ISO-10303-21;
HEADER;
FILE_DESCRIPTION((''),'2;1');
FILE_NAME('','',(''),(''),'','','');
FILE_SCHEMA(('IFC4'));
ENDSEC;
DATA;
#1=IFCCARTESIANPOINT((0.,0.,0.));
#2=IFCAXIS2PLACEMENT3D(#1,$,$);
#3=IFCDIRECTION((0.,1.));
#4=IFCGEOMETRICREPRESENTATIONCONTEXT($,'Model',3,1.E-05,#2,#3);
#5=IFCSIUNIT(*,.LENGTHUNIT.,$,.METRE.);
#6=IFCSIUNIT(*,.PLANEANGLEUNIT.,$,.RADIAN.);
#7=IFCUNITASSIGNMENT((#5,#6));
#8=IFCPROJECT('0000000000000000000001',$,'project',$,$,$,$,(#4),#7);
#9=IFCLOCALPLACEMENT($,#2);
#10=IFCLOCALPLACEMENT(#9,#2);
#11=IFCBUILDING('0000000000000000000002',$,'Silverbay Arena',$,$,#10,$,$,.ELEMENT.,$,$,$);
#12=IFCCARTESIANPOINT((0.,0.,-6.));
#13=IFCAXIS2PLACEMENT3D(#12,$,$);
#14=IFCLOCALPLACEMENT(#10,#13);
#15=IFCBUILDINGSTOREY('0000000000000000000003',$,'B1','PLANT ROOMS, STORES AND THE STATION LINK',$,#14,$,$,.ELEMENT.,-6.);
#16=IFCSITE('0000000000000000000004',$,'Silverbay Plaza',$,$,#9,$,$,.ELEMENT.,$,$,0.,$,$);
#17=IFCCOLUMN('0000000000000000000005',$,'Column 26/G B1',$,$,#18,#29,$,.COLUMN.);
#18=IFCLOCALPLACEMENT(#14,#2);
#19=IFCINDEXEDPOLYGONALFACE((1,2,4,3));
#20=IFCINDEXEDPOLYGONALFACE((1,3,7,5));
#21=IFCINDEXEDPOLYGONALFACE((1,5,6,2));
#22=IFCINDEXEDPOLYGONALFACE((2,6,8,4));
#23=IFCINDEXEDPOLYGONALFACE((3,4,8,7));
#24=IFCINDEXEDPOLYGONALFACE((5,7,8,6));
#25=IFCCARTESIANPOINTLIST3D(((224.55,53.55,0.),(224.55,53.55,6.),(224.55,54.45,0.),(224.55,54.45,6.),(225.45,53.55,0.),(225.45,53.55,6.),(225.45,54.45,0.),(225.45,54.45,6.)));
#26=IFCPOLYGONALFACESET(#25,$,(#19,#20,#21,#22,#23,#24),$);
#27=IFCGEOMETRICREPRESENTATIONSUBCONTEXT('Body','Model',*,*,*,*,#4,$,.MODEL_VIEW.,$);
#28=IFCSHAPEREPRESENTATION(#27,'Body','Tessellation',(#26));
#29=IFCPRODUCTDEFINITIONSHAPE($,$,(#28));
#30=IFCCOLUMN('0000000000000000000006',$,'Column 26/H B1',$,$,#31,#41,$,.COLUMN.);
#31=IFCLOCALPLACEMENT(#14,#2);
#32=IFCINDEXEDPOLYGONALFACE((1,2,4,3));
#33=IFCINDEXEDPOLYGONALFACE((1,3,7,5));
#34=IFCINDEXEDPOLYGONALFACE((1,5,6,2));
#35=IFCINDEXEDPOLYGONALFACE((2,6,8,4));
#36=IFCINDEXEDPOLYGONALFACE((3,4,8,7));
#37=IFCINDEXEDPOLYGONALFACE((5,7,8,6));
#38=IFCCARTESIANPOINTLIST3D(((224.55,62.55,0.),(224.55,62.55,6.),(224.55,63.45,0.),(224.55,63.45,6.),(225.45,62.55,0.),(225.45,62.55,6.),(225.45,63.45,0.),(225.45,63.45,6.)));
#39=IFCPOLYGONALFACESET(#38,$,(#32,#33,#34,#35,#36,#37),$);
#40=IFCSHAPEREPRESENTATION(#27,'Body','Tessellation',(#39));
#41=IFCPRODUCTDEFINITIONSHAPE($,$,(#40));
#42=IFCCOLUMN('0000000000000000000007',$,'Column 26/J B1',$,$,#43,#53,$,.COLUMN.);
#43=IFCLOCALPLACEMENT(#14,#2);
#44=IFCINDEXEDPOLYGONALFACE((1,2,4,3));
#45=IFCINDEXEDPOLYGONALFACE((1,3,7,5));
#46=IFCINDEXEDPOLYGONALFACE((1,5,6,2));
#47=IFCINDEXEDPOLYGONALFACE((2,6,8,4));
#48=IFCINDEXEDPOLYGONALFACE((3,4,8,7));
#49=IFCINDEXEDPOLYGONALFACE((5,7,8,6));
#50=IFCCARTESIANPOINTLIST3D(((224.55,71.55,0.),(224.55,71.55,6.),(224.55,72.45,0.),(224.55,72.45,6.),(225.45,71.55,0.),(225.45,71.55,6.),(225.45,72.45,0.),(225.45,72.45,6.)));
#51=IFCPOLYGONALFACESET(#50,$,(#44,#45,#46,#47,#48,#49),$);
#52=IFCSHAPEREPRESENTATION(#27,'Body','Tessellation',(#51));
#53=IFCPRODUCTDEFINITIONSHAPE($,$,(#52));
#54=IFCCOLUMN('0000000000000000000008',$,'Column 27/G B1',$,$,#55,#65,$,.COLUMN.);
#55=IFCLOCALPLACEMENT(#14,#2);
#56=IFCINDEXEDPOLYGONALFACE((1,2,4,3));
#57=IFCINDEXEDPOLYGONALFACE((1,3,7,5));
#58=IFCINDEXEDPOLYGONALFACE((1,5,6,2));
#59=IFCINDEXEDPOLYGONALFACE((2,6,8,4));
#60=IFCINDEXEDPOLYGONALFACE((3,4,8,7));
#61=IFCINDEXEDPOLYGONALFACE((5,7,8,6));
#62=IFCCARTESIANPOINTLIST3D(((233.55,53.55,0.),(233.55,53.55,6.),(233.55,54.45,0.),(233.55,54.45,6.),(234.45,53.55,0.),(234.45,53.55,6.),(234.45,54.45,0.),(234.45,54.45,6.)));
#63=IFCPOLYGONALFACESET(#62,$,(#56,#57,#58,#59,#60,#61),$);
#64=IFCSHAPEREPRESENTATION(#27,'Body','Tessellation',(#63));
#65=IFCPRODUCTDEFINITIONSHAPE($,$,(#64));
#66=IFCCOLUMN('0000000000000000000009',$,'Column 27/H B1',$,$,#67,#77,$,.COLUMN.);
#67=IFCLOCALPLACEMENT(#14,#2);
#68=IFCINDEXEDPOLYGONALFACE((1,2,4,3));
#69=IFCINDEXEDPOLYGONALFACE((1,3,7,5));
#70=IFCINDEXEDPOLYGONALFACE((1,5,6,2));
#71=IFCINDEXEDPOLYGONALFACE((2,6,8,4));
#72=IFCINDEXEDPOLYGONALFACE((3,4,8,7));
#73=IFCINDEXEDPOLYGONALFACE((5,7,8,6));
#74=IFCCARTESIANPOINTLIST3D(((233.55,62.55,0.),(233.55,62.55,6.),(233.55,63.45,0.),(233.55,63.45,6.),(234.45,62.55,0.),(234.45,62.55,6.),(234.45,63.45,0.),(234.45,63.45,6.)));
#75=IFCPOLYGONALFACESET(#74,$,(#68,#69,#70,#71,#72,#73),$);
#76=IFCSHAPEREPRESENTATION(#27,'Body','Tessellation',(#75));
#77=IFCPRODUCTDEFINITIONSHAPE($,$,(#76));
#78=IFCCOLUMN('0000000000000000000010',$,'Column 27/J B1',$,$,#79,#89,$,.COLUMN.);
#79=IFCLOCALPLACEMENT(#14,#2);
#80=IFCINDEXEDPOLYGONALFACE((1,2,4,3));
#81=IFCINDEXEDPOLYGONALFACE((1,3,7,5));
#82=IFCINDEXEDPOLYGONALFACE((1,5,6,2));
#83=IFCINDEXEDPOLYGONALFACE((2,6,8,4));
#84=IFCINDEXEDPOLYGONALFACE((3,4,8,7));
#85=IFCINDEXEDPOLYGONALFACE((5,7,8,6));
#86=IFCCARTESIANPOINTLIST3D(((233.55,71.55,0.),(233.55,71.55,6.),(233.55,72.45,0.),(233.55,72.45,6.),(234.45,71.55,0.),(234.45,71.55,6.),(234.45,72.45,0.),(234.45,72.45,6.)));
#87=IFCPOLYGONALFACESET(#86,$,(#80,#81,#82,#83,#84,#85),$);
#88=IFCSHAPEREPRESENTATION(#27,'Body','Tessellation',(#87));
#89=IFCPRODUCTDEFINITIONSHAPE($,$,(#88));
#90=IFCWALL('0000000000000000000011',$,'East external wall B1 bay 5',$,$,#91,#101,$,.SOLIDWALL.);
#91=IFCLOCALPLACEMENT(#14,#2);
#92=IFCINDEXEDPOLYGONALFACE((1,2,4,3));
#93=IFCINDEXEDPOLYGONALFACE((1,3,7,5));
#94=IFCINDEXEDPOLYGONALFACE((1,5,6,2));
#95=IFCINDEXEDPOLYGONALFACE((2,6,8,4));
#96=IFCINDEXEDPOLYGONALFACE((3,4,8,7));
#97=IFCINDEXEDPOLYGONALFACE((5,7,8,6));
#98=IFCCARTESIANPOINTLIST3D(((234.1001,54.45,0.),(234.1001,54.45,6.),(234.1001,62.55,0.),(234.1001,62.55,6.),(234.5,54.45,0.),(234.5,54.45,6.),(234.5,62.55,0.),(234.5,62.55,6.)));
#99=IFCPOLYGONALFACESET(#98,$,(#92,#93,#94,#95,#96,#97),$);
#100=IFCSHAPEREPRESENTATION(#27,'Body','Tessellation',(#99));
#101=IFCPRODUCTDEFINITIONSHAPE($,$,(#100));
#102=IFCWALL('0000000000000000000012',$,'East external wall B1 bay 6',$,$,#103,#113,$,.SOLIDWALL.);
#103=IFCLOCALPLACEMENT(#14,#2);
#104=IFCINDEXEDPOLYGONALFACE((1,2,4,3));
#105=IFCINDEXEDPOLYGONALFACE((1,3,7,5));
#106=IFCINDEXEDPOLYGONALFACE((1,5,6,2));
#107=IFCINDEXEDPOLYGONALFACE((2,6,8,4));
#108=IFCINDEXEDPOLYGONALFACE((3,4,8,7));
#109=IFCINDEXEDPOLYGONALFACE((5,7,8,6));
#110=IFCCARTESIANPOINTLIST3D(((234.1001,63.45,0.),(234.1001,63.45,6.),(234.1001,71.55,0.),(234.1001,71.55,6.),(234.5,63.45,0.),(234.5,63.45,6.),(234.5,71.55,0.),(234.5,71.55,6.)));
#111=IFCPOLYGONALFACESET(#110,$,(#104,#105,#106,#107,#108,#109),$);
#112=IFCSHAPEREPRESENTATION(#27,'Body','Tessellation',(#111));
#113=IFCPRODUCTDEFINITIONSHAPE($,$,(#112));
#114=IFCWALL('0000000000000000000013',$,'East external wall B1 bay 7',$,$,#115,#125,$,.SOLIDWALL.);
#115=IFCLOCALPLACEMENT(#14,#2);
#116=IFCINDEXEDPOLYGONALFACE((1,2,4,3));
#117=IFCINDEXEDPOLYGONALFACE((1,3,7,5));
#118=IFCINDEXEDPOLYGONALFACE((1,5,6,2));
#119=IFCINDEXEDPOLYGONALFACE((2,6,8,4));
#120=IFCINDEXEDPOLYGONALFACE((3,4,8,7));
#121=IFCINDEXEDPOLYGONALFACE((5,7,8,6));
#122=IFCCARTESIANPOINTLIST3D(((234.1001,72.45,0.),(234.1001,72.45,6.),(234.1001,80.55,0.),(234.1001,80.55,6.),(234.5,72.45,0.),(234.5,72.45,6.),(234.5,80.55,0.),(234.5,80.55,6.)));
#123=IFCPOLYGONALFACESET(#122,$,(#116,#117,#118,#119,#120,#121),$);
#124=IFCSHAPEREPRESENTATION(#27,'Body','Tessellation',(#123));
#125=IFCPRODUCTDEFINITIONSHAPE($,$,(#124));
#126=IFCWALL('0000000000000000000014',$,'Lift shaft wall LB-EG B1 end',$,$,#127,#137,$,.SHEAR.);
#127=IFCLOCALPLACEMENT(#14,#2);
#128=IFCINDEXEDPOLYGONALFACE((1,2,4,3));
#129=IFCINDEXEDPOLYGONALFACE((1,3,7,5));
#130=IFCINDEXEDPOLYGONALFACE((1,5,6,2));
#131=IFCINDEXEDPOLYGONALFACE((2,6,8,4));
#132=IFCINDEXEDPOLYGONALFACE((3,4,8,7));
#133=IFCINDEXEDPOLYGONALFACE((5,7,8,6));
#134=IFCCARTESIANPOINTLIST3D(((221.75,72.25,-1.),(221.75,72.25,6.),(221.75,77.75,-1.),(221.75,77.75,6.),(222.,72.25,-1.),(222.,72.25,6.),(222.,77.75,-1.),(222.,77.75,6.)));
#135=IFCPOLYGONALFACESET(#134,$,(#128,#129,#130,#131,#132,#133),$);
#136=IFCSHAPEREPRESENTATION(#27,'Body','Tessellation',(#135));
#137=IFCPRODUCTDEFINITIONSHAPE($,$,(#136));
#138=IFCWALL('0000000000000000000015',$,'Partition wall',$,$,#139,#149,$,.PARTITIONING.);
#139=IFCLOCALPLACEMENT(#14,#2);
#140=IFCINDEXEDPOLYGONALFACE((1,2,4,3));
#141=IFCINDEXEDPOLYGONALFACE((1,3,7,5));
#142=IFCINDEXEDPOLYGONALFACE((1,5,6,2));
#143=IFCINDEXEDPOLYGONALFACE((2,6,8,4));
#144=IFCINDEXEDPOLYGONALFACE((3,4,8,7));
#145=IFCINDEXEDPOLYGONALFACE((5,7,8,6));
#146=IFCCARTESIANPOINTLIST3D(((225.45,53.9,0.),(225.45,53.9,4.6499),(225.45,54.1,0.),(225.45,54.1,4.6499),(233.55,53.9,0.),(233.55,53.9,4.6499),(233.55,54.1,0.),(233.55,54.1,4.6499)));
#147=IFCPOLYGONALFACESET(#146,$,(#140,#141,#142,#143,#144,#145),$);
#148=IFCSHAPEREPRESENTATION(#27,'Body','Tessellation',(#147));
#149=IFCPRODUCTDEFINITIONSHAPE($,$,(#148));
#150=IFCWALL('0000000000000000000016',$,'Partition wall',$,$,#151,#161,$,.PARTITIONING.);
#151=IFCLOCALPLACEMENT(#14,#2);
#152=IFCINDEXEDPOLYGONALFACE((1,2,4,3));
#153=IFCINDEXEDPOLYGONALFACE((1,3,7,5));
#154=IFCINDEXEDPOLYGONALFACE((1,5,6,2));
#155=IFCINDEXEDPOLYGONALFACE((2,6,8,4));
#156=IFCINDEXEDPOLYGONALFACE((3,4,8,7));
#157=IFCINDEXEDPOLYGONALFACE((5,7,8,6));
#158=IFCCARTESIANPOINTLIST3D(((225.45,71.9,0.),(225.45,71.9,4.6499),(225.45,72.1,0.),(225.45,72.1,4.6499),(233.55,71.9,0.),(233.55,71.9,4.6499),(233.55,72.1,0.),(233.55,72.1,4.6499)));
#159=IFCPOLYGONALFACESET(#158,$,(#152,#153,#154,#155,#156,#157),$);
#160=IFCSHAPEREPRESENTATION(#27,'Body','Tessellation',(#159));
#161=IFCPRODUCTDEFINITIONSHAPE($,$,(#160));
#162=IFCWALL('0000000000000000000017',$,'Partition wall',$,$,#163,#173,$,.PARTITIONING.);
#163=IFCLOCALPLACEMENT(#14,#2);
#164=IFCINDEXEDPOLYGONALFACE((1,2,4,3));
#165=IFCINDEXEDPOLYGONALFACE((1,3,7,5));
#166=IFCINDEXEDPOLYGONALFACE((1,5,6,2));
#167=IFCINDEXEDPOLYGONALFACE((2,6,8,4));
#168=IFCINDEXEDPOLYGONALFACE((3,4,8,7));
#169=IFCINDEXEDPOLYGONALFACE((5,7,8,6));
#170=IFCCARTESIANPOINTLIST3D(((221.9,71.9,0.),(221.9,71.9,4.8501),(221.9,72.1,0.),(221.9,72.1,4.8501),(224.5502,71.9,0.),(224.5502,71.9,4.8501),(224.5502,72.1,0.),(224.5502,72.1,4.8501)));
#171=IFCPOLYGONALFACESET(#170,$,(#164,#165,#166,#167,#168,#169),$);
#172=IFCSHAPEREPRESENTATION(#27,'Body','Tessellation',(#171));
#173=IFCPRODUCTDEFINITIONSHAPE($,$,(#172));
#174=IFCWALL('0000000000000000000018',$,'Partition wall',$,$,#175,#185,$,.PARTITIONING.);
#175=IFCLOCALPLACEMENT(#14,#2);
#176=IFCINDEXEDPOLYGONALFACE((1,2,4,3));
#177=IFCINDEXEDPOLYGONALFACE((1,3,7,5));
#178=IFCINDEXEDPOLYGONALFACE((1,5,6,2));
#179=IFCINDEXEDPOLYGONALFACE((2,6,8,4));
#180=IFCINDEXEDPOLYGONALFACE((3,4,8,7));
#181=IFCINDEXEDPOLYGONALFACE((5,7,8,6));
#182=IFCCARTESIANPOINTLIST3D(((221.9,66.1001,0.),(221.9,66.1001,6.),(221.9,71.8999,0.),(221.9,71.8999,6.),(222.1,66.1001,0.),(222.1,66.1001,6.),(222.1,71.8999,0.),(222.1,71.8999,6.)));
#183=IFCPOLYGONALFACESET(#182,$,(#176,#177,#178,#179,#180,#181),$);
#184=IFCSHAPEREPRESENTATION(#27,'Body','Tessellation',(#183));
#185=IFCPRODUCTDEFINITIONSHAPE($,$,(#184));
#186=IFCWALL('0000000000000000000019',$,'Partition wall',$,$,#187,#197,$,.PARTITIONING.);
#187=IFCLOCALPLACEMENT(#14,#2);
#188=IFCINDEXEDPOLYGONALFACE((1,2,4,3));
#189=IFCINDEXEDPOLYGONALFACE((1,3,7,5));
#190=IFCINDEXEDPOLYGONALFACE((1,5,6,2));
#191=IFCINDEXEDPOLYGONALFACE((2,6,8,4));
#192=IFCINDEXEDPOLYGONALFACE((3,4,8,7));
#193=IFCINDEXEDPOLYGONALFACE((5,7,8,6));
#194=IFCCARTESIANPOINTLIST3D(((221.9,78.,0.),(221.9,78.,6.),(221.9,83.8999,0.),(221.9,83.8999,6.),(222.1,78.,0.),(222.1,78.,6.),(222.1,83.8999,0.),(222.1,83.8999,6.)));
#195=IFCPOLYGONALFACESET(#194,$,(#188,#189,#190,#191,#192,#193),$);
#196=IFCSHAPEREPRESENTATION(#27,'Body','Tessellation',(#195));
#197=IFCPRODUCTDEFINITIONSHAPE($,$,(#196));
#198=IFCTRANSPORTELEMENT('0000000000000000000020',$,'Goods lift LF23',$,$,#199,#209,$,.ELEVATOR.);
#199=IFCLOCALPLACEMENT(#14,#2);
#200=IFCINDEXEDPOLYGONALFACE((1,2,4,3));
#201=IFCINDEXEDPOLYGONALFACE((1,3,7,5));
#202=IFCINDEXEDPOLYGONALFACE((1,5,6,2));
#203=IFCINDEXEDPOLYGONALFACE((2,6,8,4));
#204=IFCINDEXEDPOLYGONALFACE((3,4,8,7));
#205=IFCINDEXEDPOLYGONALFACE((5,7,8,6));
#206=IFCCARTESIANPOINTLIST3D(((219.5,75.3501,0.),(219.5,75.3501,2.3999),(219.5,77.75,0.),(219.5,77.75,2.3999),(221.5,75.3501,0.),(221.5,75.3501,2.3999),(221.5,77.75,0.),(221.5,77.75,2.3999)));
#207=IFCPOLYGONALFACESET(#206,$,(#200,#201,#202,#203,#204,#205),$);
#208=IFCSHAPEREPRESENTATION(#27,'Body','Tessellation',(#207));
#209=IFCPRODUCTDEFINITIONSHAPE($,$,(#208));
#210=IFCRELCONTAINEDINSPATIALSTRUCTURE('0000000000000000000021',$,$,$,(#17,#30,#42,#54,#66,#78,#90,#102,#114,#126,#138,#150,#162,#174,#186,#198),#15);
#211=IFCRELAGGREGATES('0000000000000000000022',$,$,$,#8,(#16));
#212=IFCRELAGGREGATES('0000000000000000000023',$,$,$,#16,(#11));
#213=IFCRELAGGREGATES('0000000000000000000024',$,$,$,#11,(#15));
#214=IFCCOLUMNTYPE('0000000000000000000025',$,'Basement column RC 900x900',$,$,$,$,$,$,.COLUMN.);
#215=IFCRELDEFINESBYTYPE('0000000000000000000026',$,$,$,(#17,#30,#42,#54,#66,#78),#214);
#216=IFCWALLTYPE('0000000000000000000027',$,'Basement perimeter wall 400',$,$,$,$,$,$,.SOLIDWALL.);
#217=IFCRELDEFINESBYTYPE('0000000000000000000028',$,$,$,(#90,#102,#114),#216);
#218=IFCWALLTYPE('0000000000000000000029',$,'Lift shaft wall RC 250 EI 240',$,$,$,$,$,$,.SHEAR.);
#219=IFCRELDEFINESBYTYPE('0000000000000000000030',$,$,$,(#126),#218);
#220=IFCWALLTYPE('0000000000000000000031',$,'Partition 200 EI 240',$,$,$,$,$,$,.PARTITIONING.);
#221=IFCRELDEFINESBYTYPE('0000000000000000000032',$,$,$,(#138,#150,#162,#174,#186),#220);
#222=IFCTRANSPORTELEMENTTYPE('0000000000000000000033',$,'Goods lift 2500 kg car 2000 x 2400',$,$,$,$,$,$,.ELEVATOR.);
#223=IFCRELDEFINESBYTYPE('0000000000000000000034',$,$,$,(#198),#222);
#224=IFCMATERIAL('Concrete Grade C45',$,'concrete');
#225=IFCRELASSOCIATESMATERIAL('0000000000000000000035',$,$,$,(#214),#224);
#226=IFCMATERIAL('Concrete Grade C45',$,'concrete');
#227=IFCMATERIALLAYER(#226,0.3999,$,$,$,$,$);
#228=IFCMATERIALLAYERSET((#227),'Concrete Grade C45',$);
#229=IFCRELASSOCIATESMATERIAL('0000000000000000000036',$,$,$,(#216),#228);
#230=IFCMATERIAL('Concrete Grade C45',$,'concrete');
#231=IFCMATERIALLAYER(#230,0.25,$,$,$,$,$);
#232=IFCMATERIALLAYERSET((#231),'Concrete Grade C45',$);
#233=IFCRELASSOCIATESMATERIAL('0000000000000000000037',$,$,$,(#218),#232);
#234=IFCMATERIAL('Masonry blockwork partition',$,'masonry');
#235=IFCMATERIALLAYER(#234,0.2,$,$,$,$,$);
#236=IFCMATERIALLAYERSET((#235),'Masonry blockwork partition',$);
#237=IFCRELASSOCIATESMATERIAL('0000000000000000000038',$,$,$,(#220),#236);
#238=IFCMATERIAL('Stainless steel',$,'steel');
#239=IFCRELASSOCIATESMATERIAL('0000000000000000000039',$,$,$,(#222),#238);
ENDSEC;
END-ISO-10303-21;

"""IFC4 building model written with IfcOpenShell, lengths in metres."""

from ifc_helpers import new_model, si_unit, direction, frame, frame_2d, origin, origin_2d, place, context, subcontext, project, spatial, rectangle, extrude, material, layer, layer_set, material_profile, profile_set, type_object, element, save


model = new_model("IFC4")

# Units and contexts
model_context = context("Model", 3, precision=1e-05, world=origin(), true_north=direction((0.0, 1.0)))
body_context = subcontext(model_context, "Body", "Model", "MODEL_VIEW")
ifc_project = project(units=[si_unit("LENGTHUNIT", "METRE"), si_unit("PLANEANGLEUNIT", "RADIAN")], contexts=[model_context])

# Site, building, storey
site_placement = place(None, origin())
site = spatial("IfcSite", under=ifc_project, at=site_placement, Name="Silverbay Plaza", CompositionType="ELEMENT", RefElevation=0.0)
building_placement = place(site_placement, origin())
building = spatial("IfcBuilding", under=site, at=building_placement, Name="Silverbay Arena", CompositionType="ELEMENT")
storey_placement = place(building_placement, frame((0.0, 0.0, -6.0)))
storey = spatial("IfcBuildingStorey", under=building, at=storey_placement, Name="B1", Description="PLANT ROOMS, STORES AND THE STATION LINK", CompositionType="ELEMENT", Elevation=-6.0)

# Columns
ifc_material_1 = material(Name="Concrete Grade C45", Category="concrete")
ifc_material_profile_1 = material_profile(ifc_material_1, rectangle(XDim=0.8999, YDim=0.8999, at=origin_2d()), Name="RC 900x900")
ifc_profile_set_1 = profile_set([ifc_material_profile_1], Name="Concrete Grade C45")
column_type = type_object("IfcColumnType", Name="Basement column RC 900x900", PredefinedType="COLUMN", material=ifc_profile_set_1)
for number, where, z_axis, x_axis, name in (
    (1, (225.0, 54.0, 0.0), (0.0, 0.0, 1.0), (1.0, 0.0, 0.0), "Column 26/G B1"),
    (2, (225.0, 63.0, 0.0), (0.0, 0.0, 1.0), (1.0, 0.0, 0.0), "Column 26/H B1"),
    (3, (225.0, 72.0, 0.0), (0.0, 0.0, 1.0), (1.0, 0.0, 0.0), "Column 26/J B1"),
    (4, (234.0, 54.0, 0.0), (0.0, 0.0, 1.0), (1.0, 0.0, 0.0), "Column 27/G B1"),
    (5, (234.0, 63.0, 0.0), (0.0, 0.0, 1.0), (1.0, 0.0, 0.0), "Column 27/H B1"),
    (6, (234.0, 72.0, 0.0), (0.0, 0.0, 1.0), (1.0, 0.0, 0.0), "Column 27/J B1"),
):
    element("IfcColumn", number, at=place(storey_placement, frame(where, z_axis=z_axis, x_axis=x_axis)), inside=storey, type_object=column_type, Name=name, PredefinedType="COLUMN", context=body_context, shape_type="SweptSolid", body=[
        extrude(rectangle(XDim=0.8999, YDim=0.8999, at=origin_2d()), origin(), (0.0, 0.0, 1.0), 6.0),
    ])

# Walls
ifc_material_2 = material(Name="Concrete Grade C45", Category="concrete")
ifc_layer_1 = layer(ifc_material_2, 0.3999)
ifc_layer_set_1 = layer_set([ifc_layer_1], Name="Concrete Grade C45")
wall_type_1 = type_object("IfcWallType", Name="Basement perimeter wall 400", PredefinedType="SOLIDWALL", material=ifc_layer_set_1)
for number, where, z_axis, x_axis, name in (
    (7, (234.3, 54.45, 0.0), (0.0, 0.0, 1.0), (0.0, 1.0, 0.0), "East external wall B1 bay 5"),
    (8, (234.3, 63.45, 0.0), (0.0, 0.0, 1.0), (0.0, 1.0, 0.0), "East external wall B1 bay 6"),
    (9, (234.3, 72.45, 0.0), (0.0, 0.0, 1.0), (0.0, 1.0, 0.0), "East external wall B1 bay 7"),
):
    element("IfcWall", number, at=place(storey_placement, frame(where, z_axis=z_axis, x_axis=x_axis)), inside=storey, type_object=wall_type_1, Name=name, PredefinedType="SOLIDWALL", context=body_context, shape_type="SweptSolid", body=[
        extrude(rectangle(XDim=8.1001, YDim=0.3999, at=frame_2d((4.05, 0.0))), origin(), (0.0, 0.0, 1.0), 6.0),
    ])
ifc_material_3 = material(Name="Concrete Grade C45", Category="concrete")
ifc_layer_2 = layer(ifc_material_3, 0.25)
ifc_layer_set_2 = layer_set([ifc_layer_2], Name="Concrete Grade C45")
wall_type_2 = type_object("IfcWallType", Name="Lift shaft wall RC 250 EI 240", PredefinedType="SHEAR", material=ifc_layer_set_2)
wall_1_placement = place(storey_placement, frame((221.875, 72.25, -1.0), z_axis=(0.0, 0.0, 1.0), x_axis=(0.0, 1.0, 0.0)))
element("IfcWall", 10, at=wall_1_placement, inside=storey, type_object=wall_type_2, Name="Lift shaft wall LB-EG B1 end", PredefinedType="SHEAR", context=body_context, shape_type="SweptSolid", body=[
    extrude(rectangle(XDim=5.5, YDim=0.25, at=frame_2d((2.75, 0.0))), origin(), (0.0, 0.0, 1.0), 7.0),
])
ifc_material_4 = material(Name="Masonry blockwork partition", Category="masonry")
ifc_layer_3 = layer(ifc_material_4, 0.2)
ifc_layer_set_3 = layer_set([ifc_layer_3], Name="Masonry blockwork partition")
wall_type_3 = type_object("IfcWallType", Name="Partition 200 EI 240", PredefinedType="PARTITIONING", material=ifc_layer_set_3)
for number, where, z_axis, x_axis, name in (
    (11, (225.45, 54.0, 0.0), (0.0, 0.0, 1.0), (1.0, 0.0, 0.0), "Partition wall"),
    (12, (225.45, 72.0, 0.0), (0.0, 0.0, 1.0), (1.0, 0.0, 0.0), "Partition wall"),
):
    element("IfcWall", number, at=place(storey_placement, frame(where, z_axis=z_axis, x_axis=x_axis)), inside=storey, type_object=wall_type_3, Name=name, PredefinedType="PARTITIONING", context=body_context, shape_type="SweptSolid", body=[
        extrude(rectangle(XDim=8.1001, YDim=0.2, at=frame_2d((4.05, 0.0))), origin(), (0.0, 0.0, 1.0), 4.6499),
    ])
wall_2_placement = place(storey_placement, frame((221.8999, 72.0, 0.0), z_axis=(0.0, 0.0, 1.0), x_axis=(1.0, 0.0, 0.0)))
element("IfcWall", 13, at=wall_2_placement, inside=storey, type_object=wall_type_3, Name="Partition wall", PredefinedType="PARTITIONING", context=body_context, shape_type="SweptSolid", body=[
    extrude(rectangle(XDim=2.6501, YDim=0.2, at=frame_2d((1.3252, 0.0))), origin(), (0.0, 0.0, 1.0), 4.8501),
])
wall_3_placement = place(storey_placement, frame((222.0, 66.1001, 0.0), z_axis=(0.0, 0.0, 1.0), x_axis=(0.0, 1.0, 0.0)))
element("IfcWall", 14, at=wall_3_placement, inside=storey, type_object=wall_type_3, Name="Partition wall", PredefinedType="PARTITIONING", context=body_context, shape_type="SweptSolid", body=[
    extrude(rectangle(XDim=5.7998, YDim=0.2, at=frame_2d((2.8999, 0.0))), origin(), (0.0, 0.0, 1.0), 6.0),
])
wall_4_placement = place(storey_placement, frame((222.0, 78.0, 0.0), z_axis=(0.0, 0.0, 1.0), x_axis=(0.0, 1.0, 0.0)))
element("IfcWall", 15, at=wall_4_placement, inside=storey, type_object=wall_type_3, Name="Partition wall", PredefinedType="PARTITIONING", context=body_context, shape_type="SweptSolid", body=[
    extrude(rectangle(XDim=5.8999, YDim=0.2, at=frame_2d((2.95, 0.0))), origin(), (0.0, 0.0, 1.0), 6.0),
])

# Transport element
ifc_material_5 = material(Name="Stainless steel", Category="steel")
transport_element_type_1 = type_object("IfcTransportElementType", Name="Goods lift 2500 kg car 2000 x 2400", PredefinedType="ELEVATOR", material=ifc_material_5)
transport_element_1_placement = place(storey_placement, frame((220.5, 76.55, 0.0), z_axis=(0.0, 0.0, 1.0), x_axis=(1.0, 0.0, 0.0)))
element("IfcTransportElement", 16, at=transport_element_1_placement, inside=storey, type_object=transport_element_type_1, Name="Goods lift LF23", PredefinedType="ELEVATOR", context=body_context, shape_type="SweptSolid", body=[
    extrude(rectangle(XDim=2.0, YDim=2.3999, at=origin_2d()), origin(), (0.0, 0.0, 1.0), 2.3999),
])

save(model, "model.ifc")
